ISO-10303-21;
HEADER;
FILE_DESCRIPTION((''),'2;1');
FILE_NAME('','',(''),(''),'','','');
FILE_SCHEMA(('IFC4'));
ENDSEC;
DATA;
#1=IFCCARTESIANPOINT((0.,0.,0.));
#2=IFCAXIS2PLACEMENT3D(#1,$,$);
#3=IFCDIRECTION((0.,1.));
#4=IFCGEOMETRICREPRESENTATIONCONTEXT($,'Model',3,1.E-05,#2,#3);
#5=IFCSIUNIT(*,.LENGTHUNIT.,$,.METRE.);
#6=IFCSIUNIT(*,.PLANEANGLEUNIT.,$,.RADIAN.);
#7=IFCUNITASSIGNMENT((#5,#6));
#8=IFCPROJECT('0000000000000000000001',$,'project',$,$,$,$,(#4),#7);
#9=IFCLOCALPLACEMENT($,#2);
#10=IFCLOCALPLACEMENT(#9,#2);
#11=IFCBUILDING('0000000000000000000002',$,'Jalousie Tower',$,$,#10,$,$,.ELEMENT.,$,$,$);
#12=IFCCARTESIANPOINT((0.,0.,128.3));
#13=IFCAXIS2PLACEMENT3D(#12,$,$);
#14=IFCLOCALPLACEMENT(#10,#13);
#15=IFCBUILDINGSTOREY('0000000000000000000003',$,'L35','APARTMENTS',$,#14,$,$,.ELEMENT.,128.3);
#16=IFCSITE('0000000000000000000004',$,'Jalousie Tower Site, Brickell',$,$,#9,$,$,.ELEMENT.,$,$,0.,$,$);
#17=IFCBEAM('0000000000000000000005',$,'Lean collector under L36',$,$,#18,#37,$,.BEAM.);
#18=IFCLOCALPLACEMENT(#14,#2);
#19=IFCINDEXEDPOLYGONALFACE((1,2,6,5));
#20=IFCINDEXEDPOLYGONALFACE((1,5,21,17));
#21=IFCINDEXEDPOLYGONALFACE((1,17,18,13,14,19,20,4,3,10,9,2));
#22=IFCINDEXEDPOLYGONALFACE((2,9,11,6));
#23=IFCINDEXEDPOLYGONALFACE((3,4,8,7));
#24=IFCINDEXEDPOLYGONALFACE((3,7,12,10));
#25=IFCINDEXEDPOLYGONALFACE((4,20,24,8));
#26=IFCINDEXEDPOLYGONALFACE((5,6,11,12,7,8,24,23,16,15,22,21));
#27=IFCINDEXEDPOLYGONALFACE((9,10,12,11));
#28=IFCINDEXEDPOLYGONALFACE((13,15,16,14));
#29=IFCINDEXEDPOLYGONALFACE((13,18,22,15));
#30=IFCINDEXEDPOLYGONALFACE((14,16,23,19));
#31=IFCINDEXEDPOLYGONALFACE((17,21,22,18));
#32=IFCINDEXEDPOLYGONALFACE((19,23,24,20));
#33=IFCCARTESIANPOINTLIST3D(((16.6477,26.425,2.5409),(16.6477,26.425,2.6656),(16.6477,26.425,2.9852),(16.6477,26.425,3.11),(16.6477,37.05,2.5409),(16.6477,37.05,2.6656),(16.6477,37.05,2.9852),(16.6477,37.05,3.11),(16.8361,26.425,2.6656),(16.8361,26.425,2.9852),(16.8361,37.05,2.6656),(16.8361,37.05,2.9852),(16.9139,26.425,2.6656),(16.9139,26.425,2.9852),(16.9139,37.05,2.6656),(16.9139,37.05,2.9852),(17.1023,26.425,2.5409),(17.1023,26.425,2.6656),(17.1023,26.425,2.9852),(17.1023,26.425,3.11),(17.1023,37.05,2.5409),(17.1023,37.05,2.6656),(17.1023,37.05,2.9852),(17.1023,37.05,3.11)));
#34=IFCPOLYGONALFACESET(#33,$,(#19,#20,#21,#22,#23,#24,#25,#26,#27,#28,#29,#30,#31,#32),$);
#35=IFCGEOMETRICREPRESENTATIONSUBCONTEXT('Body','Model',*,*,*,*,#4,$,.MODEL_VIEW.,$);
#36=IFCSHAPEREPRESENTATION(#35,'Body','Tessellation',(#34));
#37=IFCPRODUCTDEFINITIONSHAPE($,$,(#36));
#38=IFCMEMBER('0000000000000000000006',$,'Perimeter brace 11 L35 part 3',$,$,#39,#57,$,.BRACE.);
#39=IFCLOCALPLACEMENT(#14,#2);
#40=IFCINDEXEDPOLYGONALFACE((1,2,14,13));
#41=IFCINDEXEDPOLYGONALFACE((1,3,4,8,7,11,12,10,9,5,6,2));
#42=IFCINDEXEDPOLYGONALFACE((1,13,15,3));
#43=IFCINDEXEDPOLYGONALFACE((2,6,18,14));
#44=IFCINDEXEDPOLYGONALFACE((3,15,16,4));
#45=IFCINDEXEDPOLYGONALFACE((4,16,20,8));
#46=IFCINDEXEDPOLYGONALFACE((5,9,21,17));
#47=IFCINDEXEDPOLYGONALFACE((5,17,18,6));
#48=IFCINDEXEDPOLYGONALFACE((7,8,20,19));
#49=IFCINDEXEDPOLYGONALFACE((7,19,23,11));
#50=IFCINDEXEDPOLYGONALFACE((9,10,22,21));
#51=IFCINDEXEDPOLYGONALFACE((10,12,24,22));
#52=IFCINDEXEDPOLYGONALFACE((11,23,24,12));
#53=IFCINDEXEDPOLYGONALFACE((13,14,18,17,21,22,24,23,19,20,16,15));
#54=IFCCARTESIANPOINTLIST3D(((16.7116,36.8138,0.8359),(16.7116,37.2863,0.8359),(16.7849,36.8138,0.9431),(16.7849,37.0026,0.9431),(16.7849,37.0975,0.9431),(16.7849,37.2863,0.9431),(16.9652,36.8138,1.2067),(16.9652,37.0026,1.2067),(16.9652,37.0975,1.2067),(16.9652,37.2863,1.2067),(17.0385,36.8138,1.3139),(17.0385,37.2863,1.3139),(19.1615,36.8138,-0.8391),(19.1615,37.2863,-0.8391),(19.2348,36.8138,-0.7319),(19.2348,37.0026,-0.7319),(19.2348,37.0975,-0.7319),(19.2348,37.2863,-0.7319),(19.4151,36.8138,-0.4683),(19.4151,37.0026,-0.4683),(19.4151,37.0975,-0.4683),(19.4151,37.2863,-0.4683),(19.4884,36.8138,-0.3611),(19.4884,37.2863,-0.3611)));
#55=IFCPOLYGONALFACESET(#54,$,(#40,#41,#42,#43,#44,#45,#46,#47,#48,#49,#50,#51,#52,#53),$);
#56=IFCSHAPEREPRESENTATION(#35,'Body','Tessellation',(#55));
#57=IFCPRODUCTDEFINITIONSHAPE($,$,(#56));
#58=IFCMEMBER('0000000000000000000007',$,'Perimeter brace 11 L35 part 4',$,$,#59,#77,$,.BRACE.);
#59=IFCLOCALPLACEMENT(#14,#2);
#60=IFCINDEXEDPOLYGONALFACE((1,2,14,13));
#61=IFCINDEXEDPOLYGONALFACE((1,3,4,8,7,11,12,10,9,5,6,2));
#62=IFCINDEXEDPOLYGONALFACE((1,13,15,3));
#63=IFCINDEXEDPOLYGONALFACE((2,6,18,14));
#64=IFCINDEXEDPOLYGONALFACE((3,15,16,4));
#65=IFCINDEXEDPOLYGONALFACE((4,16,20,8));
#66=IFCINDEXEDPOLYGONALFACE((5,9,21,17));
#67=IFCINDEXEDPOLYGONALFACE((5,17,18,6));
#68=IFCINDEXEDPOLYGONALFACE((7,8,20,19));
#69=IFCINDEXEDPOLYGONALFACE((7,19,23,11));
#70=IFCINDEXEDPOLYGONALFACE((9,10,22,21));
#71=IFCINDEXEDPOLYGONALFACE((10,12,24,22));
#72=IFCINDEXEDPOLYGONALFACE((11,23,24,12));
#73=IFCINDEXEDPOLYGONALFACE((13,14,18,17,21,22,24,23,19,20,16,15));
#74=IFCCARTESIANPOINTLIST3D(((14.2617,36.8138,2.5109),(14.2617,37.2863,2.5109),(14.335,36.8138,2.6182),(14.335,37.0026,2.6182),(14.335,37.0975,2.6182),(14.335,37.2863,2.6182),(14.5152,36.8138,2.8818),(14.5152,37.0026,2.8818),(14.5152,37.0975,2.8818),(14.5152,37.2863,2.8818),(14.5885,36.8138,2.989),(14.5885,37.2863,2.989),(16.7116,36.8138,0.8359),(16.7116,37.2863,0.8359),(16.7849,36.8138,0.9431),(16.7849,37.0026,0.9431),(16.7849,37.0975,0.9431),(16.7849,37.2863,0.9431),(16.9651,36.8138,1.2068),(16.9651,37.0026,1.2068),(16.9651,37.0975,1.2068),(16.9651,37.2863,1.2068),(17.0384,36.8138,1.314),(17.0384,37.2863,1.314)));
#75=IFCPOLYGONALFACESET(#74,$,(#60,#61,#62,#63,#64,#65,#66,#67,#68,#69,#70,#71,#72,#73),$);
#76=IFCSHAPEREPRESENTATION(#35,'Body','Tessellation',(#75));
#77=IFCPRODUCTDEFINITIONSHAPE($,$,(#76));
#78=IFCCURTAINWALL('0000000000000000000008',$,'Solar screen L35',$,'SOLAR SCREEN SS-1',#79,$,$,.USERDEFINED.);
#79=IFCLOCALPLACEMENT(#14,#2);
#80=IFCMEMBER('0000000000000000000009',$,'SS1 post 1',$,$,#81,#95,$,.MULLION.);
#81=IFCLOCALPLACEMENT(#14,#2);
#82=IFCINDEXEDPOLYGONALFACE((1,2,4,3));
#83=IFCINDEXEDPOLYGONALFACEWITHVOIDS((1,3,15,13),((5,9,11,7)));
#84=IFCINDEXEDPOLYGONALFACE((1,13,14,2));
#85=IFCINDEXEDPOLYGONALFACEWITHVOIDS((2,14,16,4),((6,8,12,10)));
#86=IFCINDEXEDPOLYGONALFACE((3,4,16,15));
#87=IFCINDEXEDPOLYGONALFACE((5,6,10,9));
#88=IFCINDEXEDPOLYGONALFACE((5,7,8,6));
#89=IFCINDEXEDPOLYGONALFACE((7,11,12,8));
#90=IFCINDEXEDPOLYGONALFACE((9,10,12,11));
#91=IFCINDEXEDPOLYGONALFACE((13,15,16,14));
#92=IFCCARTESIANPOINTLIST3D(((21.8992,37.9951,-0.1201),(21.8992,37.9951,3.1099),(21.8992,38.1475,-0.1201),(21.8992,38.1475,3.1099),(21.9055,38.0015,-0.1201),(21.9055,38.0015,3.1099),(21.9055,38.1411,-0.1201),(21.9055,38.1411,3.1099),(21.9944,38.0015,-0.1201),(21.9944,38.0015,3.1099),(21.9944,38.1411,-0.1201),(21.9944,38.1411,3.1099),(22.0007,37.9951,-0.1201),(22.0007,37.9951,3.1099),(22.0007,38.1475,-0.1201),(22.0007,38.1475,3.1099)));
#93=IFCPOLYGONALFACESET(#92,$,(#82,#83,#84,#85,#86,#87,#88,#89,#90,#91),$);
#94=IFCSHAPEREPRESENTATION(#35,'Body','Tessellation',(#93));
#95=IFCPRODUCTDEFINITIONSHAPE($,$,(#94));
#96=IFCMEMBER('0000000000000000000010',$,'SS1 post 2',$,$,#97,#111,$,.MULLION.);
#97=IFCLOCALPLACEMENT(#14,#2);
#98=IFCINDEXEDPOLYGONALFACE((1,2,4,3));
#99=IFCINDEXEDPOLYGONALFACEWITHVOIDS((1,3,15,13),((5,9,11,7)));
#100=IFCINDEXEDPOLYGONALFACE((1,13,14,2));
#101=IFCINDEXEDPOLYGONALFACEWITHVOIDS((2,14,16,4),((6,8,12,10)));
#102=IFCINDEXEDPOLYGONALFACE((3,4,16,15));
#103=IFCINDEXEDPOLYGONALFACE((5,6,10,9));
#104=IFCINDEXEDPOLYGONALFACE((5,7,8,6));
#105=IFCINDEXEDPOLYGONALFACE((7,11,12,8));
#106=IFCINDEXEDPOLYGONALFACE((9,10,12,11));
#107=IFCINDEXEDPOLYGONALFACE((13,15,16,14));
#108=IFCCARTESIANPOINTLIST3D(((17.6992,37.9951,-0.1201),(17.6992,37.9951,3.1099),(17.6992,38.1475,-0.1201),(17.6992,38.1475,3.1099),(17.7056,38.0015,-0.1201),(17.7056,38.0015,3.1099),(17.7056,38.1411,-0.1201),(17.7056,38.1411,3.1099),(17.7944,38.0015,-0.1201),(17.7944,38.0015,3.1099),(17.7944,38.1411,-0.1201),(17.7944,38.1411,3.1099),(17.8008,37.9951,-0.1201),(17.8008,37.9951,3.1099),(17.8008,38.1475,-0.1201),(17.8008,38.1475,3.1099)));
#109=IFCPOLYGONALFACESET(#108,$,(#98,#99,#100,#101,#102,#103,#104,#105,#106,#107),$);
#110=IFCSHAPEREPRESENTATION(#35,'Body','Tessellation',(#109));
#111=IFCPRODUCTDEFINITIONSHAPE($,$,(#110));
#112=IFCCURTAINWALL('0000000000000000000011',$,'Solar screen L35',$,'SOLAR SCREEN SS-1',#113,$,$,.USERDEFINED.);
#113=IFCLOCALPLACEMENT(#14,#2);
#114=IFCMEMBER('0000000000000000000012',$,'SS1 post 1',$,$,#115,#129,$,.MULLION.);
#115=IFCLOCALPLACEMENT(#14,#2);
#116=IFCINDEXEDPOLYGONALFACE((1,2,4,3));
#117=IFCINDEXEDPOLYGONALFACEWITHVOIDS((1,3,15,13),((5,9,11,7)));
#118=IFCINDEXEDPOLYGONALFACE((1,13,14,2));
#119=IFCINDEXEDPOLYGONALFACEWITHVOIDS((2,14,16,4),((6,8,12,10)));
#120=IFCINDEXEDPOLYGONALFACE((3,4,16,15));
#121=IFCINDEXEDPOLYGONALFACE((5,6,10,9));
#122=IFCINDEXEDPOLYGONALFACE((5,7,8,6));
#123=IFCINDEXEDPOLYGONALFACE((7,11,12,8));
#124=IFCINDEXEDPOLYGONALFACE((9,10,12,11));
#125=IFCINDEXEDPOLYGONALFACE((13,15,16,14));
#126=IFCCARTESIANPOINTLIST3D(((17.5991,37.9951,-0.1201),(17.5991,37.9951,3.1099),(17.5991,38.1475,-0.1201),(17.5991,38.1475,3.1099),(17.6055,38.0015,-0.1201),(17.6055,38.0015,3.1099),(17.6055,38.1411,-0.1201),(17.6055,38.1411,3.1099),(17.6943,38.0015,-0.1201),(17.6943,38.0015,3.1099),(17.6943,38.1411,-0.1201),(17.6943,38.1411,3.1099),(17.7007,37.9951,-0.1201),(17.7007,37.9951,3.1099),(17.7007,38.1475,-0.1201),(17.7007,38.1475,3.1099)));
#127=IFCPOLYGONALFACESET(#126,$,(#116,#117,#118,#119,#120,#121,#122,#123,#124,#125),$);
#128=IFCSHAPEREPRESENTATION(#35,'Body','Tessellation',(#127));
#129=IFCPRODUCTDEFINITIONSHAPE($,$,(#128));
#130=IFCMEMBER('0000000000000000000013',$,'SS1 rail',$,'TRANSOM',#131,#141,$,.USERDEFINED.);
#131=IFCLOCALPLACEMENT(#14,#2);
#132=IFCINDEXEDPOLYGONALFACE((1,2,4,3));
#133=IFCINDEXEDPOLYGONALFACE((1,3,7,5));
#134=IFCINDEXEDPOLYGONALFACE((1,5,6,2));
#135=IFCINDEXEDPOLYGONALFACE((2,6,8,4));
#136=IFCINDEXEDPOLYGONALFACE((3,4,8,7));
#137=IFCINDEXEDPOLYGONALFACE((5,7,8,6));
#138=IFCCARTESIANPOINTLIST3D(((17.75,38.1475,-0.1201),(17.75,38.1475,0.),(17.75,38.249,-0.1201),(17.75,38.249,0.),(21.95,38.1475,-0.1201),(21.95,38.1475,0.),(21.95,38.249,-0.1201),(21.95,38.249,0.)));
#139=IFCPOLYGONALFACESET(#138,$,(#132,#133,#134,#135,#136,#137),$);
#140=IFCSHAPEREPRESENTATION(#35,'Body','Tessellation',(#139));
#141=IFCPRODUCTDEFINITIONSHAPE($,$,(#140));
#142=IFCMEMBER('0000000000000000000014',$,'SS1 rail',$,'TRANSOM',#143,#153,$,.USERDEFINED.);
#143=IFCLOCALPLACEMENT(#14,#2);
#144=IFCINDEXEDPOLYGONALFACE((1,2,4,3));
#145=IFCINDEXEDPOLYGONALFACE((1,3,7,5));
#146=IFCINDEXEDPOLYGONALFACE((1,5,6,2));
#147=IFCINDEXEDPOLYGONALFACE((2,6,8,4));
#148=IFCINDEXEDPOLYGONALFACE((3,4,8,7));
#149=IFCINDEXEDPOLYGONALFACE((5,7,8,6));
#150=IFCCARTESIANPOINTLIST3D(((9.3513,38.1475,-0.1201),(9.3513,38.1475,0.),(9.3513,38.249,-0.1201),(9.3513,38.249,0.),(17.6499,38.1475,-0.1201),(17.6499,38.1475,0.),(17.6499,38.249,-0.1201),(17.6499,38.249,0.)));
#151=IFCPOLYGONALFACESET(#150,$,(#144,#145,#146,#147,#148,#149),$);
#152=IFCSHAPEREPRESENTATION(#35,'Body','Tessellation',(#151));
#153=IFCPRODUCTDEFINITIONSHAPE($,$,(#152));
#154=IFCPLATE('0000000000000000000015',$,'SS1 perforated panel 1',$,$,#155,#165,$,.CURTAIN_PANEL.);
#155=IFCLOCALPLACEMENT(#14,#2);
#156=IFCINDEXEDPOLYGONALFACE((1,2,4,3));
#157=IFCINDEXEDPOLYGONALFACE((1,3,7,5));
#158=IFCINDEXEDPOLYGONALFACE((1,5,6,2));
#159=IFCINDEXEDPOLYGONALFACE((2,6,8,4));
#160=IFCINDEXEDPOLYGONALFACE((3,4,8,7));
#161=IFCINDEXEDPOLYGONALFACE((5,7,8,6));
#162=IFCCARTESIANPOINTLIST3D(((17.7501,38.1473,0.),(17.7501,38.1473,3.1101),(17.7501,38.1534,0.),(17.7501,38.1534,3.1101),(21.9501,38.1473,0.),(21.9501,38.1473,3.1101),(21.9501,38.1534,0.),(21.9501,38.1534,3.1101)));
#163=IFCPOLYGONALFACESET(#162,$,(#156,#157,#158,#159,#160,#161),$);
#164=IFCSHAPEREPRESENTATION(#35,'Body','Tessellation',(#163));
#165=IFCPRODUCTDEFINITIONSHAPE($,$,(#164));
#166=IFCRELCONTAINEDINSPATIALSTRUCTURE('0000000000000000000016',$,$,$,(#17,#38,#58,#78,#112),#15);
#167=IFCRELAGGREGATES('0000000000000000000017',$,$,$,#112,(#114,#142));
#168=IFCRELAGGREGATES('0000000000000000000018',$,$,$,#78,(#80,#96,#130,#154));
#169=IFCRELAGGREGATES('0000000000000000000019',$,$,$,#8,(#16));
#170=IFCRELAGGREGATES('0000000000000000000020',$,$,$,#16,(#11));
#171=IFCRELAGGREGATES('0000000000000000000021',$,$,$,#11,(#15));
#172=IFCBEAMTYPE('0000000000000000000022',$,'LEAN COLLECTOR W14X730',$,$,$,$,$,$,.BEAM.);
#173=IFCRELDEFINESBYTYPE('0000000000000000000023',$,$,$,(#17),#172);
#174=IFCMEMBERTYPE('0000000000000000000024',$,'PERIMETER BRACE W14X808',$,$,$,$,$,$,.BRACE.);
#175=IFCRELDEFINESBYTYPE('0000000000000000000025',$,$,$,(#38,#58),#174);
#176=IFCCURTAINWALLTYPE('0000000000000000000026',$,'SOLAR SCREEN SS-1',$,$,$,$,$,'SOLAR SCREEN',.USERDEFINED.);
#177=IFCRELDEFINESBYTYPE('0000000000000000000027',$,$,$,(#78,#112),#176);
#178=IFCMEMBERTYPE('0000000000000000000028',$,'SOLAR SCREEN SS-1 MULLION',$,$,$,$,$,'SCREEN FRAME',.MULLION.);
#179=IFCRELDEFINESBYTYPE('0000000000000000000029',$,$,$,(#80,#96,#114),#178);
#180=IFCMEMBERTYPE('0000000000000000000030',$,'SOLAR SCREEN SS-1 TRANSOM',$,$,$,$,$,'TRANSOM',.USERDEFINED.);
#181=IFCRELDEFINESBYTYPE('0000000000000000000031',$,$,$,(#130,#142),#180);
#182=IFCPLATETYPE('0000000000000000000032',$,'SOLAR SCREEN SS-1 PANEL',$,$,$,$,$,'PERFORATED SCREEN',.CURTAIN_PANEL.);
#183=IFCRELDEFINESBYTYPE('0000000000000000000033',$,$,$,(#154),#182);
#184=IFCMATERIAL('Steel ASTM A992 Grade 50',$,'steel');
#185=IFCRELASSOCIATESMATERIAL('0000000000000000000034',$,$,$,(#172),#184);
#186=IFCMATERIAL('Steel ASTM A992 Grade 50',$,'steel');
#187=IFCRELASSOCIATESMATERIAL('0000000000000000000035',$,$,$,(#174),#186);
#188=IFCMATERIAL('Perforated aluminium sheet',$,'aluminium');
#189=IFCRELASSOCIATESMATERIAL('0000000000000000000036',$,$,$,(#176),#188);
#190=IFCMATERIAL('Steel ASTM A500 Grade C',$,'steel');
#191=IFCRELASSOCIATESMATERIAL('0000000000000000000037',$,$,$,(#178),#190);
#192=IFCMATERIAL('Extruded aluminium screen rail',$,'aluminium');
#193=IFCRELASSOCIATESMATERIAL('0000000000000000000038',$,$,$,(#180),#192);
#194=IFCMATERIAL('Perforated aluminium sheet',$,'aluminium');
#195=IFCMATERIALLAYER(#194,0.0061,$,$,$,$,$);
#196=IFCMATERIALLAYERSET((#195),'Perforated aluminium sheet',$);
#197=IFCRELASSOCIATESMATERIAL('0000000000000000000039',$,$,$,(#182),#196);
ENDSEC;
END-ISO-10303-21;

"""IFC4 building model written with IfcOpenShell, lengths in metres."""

from ifc_helpers import new_model, si_unit, direction, frame, origin, origin_2d, place, context, subcontext, project, spatial, rectangle, hollow_rectangle, i_section, extrude, material, layer, layer_set, material_profile, profile_set, type_object, element, aggregate, save


model = new_model("IFC4")

# Units and contexts
model_context = context("Model", 3, precision=1e-05, world=origin(), true_north=direction((0.0, 1.0)))
body_context = subcontext(model_context, "Body", "Model", "MODEL_VIEW")
ifc_project = project(units=[si_unit("LENGTHUNIT", "METRE"), si_unit("PLANEANGLEUNIT", "RADIAN")], contexts=[model_context])

# Site, building, storey
site_placement = place(None, origin())
site = spatial("IfcSite", under=ifc_project, at=site_placement, Name="Jalousie Tower Site, Brickell", CompositionType="ELEMENT", RefElevation=0.0)
building_placement = place(site_placement, origin())
building = spatial("IfcBuilding", under=site, at=building_placement, Name="Jalousie Tower", CompositionType="ELEMENT")
storey_placement = place(building_placement, frame((0.0, 0.0, 128.3)))
storey = spatial("IfcBuildingStorey", under=building, at=storey_placement, Name="L35", Description="APARTMENTS", CompositionType="ELEMENT", Elevation=128.3)

# Beam
ifc_material_1 = material(Name="Steel ASTM A992 Grade 50", Category="steel")
ifc_material_profile_1 = material_profile(ifc_material_1, i_section(OverallWidth=0.4546, OverallDepth=0.5691, WebThickness=0.0779, FlangeThickness=0.1248, at=origin_2d()), Name="W14X730")
ifc_profile_set_1 = profile_set([ifc_material_profile_1], Name="Steel ASTM A992 Grade 50")
beam_type = type_object("IfcBeamType", Name="LEAN COLLECTOR W14X730", PredefinedType="BEAM", material=ifc_profile_set_1)
beam_placement = place(storey_placement, frame((16.875, 37.05, 2.8254), z_axis=(0.0, -1.0, 0.0), x_axis=(1.0, 0.0, 0.0)))
element("IfcBeam", 1, at=beam_placement, inside=storey, type_object=beam_type, Name="Lean collector under L36", PredefinedType="BEAM", context=body_context, shape_type="SweptSolid", body=[
    extrude(i_section(OverallWidth=0.4546, OverallDepth=0.5691, WebThickness=0.0779, FlangeThickness=0.1248, at=origin_2d()), origin(), (0.0, 0.0, 1.0), 10.625),
])

# Members
ifc_material_2 = material(Name="Steel ASTM A992 Grade 50", Category="steel")
ifc_material_profile_2 = material_profile(ifc_material_2, i_section(OverallWidth=0.4724, OverallDepth=0.5791, WebThickness=0.095, FlangeThickness=0.1299, at=origin_2d()), Name="W14X808")
ifc_profile_set_2 = profile_set([ifc_material_profile_2], Name="Steel ASTM A992 Grade 50")
member_type_1 = type_object("IfcMemberType", Name="PERIMETER BRACE W14X808", PredefinedType="BRACE", material=ifc_profile_set_2)
for number, where, z_axis, x_axis, name in (
    (2, (19.325, 37.05, -0.6001), (-0.825501, 0.0, 0.564401), (0.0, -1.0, 0.0), "Perimeter brace 11 L35 part 3"),
    (3, (16.875, 37.05, 1.075), (-0.825501, 0.0, 0.564401), (0.0, -1.0, 0.0), "Perimeter brace 11 L35 part 4"),
):
    element("IfcMember", number, at=place(storey_placement, frame(where, z_axis=z_axis, x_axis=x_axis)), inside=storey, type_object=member_type_1, Name=name, PredefinedType="BRACE", context=body_context, shape_type="SweptSolid", body=[
        extrude(i_section(OverallWidth=0.4724, OverallDepth=0.5791, WebThickness=0.095, FlangeThickness=0.1299, at=origin_2d()), origin(), (0.0, 0.0, 1.0), 2.9678),
    ])

# Curtain wall, members
ifc_material_3 = material(Name="Perforated aluminium sheet", Category="aluminium")
curtain_wall_type = type_object("IfcCurtainWallType", Name="SOLAR SCREEN SS-1", ElementType="SOLAR SCREEN", PredefinedType="USERDEFINED", material=ifc_material_3)
curtain_wall_1_placement = place(storey_placement, origin())
curtain_wall_1 = element("IfcCurtainWall", 4, at=curtain_wall_1_placement, inside=storey, type_object=curtain_wall_type, Name="Solar screen L35", ObjectType="SOLAR SCREEN SS-1", PredefinedType="USERDEFINED")
ifc_material_4 = material(Name="Steel ASTM A500 Grade C", Category="steel")
ifc_material_profile_3 = material_profile(ifc_material_4, hollow_rectangle(XDim=0.1016, YDim=0.1523, WallThickness=0.0063, at=origin_2d()), Name="HSS6X4X1/4")
ifc_profile_set_3 = profile_set([ifc_material_profile_3], Name="Steel ASTM A500 Grade C")
member_type_2 = type_object("IfcMemberType", Name="SOLAR SCREEN SS-1 MULLION", ElementType="SCREEN FRAME", PredefinedType="MULLION", material=ifc_profile_set_3)
member_1_placement = place(storey_placement, frame((21.95, 38.0713, -0.1201), z_axis=(0.0, 0.0, 1.0), x_axis=(-1.0, 0.0, 0.0)))
member_1 = element("IfcMember", 5, at=member_1_placement, type_object=member_type_2, Name="SS1 post 1", PredefinedType="MULLION", context=body_context, shape_type="SweptSolid", body=[
    extrude(hollow_rectangle(XDim=0.1016, YDim=0.1523, WallThickness=0.0063, at=origin_2d()), origin(), (0.0, 0.0, 1.0), 3.23),
])
member_2_placement = place(storey_placement, frame((17.75, 38.0713, -0.1201), z_axis=(0.0, 0.0, 1.0), x_axis=(-1.0, 0.0, 0.0)))
member_2 = element("IfcMember", 6, at=member_2_placement, type_object=member_type_2, Name="SS1 post 2", PredefinedType="MULLION", context=body_context, shape_type="SweptSolid", body=[
    extrude(hollow_rectangle(XDim=0.1016, YDim=0.1523, WallThickness=0.0063, at=origin_2d()), origin(), (0.0, 0.0, 1.0), 3.23),
])

# Curtain wall, member
curtain_wall_2_placement = place(storey_placement, origin())
curtain_wall_2 = element("IfcCurtainWall", 7, at=curtain_wall_2_placement, inside=storey, type_object=curtain_wall_type, Name="Solar screen L35", ObjectType="SOLAR SCREEN SS-1", PredefinedType="USERDEFINED")
member_3_placement = place(storey_placement, frame((17.6499, 38.0713, -0.1201), z_axis=(0.0, 0.0, 1.0), x_axis=(-1.0, 0.0, 0.0)))
member_3 = element("IfcMember", 8, at=member_3_placement, type_object=member_type_2, Name="SS1 post 1", PredefinedType="MULLION", context=body_context, shape_type="SweptSolid", body=[
    extrude(hollow_rectangle(XDim=0.1016, YDim=0.1523, WallThickness=0.0063, at=origin_2d()), origin(), (0.0, 0.0, 1.0), 3.23),
])

# Members
ifc_material_5 = material(Name="Extruded aluminium screen rail", Category="aluminium")
ifc_material_profile_4 = material_profile(ifc_material_5, rectangle(XDim=0.1016, YDim=0.1201, at=origin_2d()), Name="RAIL 102x120")
ifc_profile_set_4 = profile_set([ifc_material_profile_4], Name="Extruded aluminium screen rail")
member_type_3 = type_object("IfcMemberType", Name="SOLAR SCREEN SS-1 TRANSOM", ElementType="TRANSOM", PredefinedType="USERDEFINED", material=ifc_profile_set_4)
member_4_placement = place(storey_placement, frame((21.95, 38.1982, -0.0601), z_axis=(-1.0, 0.0, 0.0), x_axis=(0.0, -1.0, 0.0)))
member_4 = element("IfcMember", 9, at=member_4_placement, type_object=member_type_3, Name="SS1 rail", ObjectType="TRANSOM", PredefinedType="USERDEFINED", context=body_context, shape_type="SweptSolid", body=[
    extrude(rectangle(XDim=0.1016, YDim=0.1201, at=origin_2d()), origin(), (0.0, 0.0, 1.0), 4.2),
])
member_5_placement = place(storey_placement, frame((17.6499, 38.1982, -0.0601), z_axis=(-1.0, 0.0, 0.0), x_axis=(0.0, -1.0, 0.0)))
member_5 = element("IfcMember", 10, at=member_5_placement, type_object=member_type_3, Name="SS1 rail", ObjectType="TRANSOM", PredefinedType="USERDEFINED", context=body_context, shape_type="SweptSolid", body=[
    extrude(rectangle(XDim=0.1016, YDim=0.1201, at=origin_2d()), origin(), (0.0, 0.0, 1.0), 8.2986),
])
aggregate(curtain_wall_2, [member_3, member_5])

# Plate
ifc_material_6 = material(Name="Perforated aluminium sheet", Category="aluminium")
ifc_layer = layer(ifc_material_6, 0.0061)
ifc_layer_set = layer_set([ifc_layer], Name="Perforated aluminium sheet")
plate_type = type_object("IfcPlateType", Name="SOLAR SCREEN SS-1 PANEL", ElementType="PERFORATED SCREEN", PredefinedType="CURTAIN_PANEL", material=ifc_layer_set)
plate_placement = place(storey_placement, frame((19.8501, 38.1504, 0.0), z_axis=(0.0, 0.0, 1.0), x_axis=(-1.0, 0.0, 0.0)))
plate = element("IfcPlate", 11, at=plate_placement, type_object=plate_type, Name="SS1 perforated panel 1", PredefinedType="CURTAIN_PANEL", context=body_context, shape_type="SweptSolid", body=[
    extrude(rectangle(XDim=4.2, YDim=0.0061, at=origin_2d()), origin(), (0.0, 0.0, 1.0), 3.1101),
])
aggregate(curtain_wall_1, [member_1, member_2, member_4, plate])

save(model, "model.ifc")
